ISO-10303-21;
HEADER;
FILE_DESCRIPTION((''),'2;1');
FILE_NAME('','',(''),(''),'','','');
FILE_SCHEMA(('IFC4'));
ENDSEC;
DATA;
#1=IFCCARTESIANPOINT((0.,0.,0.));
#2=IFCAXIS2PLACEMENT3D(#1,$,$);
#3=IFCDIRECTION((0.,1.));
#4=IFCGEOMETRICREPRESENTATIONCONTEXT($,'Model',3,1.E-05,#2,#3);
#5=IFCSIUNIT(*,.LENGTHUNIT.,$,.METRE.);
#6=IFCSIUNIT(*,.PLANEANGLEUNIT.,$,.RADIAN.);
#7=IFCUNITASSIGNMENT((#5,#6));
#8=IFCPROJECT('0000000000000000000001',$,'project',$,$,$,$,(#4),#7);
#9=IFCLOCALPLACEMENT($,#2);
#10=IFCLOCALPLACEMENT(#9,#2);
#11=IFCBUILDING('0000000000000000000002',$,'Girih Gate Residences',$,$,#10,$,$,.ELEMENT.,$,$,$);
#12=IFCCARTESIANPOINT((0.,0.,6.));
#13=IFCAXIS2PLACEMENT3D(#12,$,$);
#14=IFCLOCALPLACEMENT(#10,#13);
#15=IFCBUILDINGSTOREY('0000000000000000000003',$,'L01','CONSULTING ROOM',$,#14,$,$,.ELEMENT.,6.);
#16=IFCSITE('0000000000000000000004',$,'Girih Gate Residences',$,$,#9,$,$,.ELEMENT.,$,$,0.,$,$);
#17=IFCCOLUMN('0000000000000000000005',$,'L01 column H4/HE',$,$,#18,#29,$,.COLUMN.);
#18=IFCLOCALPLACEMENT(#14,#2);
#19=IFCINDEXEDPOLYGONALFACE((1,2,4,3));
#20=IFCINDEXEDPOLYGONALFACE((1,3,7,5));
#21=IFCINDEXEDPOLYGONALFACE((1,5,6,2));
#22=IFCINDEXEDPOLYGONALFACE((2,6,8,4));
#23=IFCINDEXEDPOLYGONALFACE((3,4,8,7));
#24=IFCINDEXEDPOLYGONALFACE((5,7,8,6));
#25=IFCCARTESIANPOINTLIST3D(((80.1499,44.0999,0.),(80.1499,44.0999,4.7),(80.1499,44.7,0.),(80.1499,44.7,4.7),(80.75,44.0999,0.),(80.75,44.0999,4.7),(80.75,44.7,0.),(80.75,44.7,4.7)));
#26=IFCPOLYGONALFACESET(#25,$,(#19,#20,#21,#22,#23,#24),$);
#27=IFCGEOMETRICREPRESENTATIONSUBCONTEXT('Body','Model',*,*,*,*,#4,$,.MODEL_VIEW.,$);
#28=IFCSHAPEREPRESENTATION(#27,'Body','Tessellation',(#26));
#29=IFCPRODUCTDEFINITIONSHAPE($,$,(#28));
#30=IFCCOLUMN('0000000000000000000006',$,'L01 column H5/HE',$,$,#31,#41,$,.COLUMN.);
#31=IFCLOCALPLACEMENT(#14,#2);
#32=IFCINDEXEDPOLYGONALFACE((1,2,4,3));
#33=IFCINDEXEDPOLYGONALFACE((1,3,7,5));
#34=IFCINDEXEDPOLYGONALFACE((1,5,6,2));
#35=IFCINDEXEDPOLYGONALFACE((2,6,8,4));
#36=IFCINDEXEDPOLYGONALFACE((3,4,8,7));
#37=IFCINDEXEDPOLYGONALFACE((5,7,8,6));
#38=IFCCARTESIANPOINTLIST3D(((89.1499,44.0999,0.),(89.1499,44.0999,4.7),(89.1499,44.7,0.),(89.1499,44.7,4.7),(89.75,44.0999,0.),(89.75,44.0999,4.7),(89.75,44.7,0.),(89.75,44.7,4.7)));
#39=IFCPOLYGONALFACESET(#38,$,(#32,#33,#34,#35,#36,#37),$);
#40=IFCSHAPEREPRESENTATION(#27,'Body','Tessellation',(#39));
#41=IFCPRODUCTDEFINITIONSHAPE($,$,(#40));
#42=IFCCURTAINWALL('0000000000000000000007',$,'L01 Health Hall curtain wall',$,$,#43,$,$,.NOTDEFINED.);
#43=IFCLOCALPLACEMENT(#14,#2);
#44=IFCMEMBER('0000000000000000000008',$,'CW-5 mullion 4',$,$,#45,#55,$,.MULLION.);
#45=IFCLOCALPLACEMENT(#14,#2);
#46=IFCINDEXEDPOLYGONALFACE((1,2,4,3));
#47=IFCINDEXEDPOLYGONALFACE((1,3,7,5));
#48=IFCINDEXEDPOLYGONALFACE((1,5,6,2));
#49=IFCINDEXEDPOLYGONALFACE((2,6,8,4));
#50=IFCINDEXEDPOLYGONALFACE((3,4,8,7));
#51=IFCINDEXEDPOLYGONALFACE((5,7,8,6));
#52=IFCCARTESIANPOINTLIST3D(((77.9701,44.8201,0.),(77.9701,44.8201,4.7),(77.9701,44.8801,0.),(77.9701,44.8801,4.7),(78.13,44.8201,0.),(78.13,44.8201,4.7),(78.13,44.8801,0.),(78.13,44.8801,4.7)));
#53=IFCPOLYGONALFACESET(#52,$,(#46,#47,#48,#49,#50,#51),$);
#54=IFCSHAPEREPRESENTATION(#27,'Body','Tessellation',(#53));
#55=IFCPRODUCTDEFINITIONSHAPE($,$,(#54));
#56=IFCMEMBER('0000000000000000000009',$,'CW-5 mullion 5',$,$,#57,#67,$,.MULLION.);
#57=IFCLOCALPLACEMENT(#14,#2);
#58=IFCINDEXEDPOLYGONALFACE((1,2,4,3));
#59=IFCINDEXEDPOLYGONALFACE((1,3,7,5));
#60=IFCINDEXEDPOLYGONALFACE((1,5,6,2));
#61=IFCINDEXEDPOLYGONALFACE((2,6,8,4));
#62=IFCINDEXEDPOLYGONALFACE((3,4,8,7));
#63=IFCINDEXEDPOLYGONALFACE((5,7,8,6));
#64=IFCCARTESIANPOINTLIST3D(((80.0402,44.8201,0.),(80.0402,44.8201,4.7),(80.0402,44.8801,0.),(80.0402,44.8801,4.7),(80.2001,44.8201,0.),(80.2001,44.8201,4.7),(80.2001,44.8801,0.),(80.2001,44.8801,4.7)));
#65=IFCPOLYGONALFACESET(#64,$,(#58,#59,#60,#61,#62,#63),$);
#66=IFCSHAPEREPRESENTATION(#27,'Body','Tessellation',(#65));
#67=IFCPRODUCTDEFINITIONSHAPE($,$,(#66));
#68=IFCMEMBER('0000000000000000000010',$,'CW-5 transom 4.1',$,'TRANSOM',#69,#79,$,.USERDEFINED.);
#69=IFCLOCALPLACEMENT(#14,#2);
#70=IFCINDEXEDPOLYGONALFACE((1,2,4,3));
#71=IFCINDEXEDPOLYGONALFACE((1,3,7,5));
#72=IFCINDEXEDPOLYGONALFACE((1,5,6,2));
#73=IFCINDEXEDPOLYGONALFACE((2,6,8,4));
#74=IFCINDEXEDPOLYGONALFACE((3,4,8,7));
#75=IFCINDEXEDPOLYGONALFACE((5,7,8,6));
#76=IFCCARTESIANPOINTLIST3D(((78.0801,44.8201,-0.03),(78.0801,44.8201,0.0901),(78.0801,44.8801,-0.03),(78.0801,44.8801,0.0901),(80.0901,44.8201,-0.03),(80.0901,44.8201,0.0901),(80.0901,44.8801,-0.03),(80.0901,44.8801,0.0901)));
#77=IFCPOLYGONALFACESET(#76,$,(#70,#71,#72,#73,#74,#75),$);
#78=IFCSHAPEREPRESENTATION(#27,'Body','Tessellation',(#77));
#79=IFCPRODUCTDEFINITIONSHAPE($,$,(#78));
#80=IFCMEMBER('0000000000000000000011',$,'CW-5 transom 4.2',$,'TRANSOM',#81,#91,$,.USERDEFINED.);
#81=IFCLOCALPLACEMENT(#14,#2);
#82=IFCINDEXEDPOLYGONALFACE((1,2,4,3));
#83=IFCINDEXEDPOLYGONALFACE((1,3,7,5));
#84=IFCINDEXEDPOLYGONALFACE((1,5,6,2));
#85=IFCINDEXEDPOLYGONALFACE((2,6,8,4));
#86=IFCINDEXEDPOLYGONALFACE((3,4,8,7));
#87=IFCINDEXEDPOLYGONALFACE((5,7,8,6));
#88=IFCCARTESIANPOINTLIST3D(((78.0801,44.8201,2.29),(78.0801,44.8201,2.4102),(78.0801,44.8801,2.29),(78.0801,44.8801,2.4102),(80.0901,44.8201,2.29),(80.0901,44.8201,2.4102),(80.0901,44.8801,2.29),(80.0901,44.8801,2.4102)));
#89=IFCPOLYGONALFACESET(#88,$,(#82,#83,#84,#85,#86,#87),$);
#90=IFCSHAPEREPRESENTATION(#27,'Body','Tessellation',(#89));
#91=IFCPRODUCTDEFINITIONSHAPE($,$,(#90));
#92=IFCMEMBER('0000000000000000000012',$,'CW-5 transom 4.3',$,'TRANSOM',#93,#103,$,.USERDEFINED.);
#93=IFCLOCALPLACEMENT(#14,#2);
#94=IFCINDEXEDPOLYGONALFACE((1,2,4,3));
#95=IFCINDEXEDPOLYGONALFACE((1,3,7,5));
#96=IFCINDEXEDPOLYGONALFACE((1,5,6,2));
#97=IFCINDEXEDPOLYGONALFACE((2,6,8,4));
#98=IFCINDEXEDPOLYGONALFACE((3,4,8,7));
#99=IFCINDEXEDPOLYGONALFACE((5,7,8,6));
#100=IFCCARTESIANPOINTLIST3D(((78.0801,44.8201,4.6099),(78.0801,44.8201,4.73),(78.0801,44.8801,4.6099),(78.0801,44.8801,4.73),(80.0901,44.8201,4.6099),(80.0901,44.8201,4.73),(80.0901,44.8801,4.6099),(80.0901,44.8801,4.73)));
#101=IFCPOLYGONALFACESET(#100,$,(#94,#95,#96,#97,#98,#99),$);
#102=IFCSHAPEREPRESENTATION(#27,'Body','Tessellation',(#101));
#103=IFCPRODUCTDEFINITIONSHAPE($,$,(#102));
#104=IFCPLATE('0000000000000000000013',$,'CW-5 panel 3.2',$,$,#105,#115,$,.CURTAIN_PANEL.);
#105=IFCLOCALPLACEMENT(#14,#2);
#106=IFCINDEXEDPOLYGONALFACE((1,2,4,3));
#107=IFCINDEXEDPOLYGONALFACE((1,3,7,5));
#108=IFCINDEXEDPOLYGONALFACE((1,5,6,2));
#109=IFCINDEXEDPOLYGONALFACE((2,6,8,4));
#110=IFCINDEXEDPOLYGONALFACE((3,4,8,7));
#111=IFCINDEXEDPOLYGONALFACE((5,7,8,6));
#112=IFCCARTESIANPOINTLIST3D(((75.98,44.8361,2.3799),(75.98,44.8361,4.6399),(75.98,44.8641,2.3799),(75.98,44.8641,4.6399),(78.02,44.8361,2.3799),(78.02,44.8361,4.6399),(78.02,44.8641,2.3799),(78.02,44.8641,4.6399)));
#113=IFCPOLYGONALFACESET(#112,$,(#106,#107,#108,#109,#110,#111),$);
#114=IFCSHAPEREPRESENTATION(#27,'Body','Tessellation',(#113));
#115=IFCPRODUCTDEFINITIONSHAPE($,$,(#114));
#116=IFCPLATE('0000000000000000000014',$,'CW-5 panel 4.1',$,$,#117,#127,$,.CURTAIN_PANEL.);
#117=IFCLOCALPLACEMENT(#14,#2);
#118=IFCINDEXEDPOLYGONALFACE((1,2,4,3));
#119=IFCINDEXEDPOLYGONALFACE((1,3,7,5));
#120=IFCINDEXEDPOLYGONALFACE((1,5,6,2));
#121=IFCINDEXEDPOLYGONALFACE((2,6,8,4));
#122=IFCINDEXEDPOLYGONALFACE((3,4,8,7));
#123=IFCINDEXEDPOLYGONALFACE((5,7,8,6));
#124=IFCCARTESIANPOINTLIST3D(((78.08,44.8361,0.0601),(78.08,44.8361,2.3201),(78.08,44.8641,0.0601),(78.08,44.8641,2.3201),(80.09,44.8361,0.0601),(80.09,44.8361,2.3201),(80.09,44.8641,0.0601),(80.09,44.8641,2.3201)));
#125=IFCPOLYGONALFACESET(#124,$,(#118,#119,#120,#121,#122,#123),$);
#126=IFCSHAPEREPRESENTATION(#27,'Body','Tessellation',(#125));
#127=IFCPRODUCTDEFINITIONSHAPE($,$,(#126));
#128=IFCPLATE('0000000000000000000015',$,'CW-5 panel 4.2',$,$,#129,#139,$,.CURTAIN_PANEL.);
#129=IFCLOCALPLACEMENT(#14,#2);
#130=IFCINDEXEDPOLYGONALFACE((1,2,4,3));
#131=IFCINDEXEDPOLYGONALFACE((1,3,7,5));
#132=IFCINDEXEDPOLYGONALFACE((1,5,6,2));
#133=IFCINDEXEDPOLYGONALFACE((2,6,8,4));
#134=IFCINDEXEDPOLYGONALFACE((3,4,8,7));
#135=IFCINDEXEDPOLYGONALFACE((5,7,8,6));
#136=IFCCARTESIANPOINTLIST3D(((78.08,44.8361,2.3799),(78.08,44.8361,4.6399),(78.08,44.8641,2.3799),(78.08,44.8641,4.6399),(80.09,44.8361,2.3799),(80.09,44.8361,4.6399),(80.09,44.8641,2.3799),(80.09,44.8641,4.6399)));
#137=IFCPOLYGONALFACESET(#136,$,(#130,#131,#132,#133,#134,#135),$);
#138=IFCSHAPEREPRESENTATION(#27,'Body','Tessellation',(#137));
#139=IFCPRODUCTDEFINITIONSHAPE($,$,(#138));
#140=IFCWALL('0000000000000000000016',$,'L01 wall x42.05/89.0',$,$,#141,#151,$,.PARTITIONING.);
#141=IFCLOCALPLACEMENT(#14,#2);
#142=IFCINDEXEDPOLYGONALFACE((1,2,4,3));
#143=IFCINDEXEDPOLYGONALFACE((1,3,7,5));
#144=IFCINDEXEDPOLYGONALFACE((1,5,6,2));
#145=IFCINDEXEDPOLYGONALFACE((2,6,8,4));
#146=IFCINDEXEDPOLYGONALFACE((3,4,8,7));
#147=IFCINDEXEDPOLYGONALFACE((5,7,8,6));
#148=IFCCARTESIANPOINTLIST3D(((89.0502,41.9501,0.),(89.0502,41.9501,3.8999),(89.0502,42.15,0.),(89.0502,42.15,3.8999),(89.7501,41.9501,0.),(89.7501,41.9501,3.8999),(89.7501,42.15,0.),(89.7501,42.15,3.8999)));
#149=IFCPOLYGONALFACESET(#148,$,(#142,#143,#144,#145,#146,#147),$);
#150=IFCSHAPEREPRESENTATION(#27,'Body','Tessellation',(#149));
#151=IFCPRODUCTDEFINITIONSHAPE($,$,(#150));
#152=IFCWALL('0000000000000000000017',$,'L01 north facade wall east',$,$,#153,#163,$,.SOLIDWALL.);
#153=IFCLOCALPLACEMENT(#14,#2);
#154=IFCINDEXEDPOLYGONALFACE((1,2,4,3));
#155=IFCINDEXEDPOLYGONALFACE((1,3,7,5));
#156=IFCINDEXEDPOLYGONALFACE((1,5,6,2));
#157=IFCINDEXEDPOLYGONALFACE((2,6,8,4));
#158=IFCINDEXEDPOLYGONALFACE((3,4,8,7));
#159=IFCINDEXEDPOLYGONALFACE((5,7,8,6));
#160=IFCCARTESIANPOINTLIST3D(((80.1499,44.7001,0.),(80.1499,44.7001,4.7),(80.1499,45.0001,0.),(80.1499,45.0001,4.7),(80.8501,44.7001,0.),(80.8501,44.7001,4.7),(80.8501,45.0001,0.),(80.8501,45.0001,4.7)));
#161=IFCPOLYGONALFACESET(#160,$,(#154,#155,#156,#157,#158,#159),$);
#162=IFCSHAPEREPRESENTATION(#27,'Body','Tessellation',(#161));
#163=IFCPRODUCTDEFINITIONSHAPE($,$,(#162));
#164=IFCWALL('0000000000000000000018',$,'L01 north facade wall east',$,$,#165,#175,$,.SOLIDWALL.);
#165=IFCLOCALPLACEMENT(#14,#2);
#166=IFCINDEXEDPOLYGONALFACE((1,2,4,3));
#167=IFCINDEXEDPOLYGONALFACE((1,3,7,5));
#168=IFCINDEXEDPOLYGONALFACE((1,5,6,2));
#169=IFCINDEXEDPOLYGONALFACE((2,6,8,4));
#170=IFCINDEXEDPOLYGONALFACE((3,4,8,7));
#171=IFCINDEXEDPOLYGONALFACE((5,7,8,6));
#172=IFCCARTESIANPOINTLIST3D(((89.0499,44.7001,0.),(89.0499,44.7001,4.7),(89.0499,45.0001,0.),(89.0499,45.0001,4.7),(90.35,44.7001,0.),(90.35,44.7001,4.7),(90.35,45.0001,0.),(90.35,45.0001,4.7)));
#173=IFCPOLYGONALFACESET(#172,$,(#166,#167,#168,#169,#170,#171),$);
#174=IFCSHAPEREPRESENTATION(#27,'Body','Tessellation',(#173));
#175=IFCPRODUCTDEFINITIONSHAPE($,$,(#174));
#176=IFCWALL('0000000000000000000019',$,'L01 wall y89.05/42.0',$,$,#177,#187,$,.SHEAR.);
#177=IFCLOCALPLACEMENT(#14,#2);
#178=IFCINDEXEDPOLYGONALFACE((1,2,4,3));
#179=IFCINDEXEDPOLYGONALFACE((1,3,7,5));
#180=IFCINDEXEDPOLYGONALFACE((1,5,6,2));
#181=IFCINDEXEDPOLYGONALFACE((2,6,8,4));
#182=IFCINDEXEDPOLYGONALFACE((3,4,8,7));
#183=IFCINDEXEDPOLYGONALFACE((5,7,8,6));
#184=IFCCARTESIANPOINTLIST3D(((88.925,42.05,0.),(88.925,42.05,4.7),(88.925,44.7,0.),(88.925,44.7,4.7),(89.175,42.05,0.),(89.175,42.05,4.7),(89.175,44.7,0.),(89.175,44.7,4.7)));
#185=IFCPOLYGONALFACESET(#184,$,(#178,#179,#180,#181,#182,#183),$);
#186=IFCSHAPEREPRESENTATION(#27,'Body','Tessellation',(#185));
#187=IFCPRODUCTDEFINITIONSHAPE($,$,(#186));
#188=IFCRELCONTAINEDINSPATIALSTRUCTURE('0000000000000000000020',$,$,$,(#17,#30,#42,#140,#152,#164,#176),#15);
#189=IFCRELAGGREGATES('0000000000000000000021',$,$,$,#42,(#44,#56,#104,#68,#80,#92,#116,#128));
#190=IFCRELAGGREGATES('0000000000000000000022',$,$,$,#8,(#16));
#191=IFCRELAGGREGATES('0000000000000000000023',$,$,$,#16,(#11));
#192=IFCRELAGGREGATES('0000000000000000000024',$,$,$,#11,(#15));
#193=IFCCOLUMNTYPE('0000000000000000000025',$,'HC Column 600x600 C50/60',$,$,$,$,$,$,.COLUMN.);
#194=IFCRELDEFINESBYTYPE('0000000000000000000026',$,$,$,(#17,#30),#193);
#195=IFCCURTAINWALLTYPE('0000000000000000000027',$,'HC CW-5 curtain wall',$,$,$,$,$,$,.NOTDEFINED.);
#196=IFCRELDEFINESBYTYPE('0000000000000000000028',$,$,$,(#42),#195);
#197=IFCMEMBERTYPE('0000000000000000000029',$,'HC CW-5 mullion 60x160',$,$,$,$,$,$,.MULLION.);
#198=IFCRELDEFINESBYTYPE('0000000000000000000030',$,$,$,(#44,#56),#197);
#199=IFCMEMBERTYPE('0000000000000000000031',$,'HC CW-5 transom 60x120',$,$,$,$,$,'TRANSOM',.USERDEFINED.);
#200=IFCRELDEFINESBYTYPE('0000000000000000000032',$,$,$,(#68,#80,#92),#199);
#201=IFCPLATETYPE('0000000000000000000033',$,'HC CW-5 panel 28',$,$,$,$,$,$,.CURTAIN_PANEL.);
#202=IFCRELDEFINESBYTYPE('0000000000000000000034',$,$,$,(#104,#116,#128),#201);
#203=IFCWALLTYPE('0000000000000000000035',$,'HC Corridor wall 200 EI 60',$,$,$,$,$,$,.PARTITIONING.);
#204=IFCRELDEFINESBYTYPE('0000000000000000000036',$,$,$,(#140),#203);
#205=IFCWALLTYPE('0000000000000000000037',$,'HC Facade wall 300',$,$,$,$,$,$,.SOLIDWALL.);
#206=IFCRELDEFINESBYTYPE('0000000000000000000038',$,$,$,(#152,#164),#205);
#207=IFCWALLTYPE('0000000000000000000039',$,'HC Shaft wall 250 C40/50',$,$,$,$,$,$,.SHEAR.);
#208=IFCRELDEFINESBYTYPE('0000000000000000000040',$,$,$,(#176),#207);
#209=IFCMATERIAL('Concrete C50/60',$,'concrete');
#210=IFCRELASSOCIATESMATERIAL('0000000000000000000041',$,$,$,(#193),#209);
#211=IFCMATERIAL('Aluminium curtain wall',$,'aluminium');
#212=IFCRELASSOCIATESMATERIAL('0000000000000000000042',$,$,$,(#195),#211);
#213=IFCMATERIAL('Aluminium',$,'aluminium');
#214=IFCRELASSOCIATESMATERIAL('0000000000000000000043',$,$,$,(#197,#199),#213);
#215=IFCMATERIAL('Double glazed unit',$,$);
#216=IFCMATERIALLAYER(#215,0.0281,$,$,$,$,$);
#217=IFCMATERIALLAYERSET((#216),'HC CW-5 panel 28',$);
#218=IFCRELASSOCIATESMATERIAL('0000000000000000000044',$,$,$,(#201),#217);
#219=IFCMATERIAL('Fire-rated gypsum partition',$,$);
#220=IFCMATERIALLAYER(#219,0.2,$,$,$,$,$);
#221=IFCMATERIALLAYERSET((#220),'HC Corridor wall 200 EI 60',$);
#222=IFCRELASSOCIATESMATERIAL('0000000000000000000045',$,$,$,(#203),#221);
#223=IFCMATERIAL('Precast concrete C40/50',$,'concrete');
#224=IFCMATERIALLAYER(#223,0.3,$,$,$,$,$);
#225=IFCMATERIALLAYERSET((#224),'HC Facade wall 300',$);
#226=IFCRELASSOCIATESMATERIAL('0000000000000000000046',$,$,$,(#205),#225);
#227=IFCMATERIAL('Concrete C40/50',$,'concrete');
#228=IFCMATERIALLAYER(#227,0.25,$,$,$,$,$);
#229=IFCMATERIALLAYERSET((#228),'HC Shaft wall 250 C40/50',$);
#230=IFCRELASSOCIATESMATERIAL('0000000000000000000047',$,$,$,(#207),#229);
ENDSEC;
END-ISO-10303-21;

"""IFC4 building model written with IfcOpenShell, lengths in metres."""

from ifc_helpers import new_model, si_unit, direction, frame, frame_2d, origin, origin_2d, place, context, subcontext, project, spatial, rectangle, extrude, material, layer, layer_set, material_profile, profile_set, type_object, element, aggregate, save


model = new_model("IFC4")

# Units and contexts
model_context = context("Model", 3, precision=1e-05, world=origin(), true_north=direction((0.0, 1.0)))
body_context = subcontext(model_context, "Body", "Model", "MODEL_VIEW")
ifc_project = project(units=[si_unit("LENGTHUNIT", "METRE"), si_unit("PLANEANGLEUNIT", "RADIAN")], contexts=[model_context])

# Site, building, storey
site_placement = place(None, origin())
site = spatial("IfcSite", under=ifc_project, at=site_placement, Name="Girih Gate Residences", CompositionType="ELEMENT", RefElevation=0.0)
building_placement = place(site_placement, origin())
building = spatial("IfcBuilding", under=site, at=building_placement, Name="Girih Gate Residences", CompositionType="ELEMENT")
storey_placement = place(building_placement, frame((0.0, 0.0, 6.0)))
storey = spatial("IfcBuildingStorey", under=building, at=storey_placement, Name="L01", Description="CONSULTING ROOM", CompositionType="ELEMENT", Elevation=6.0)

# Columns
ifc_material_1 = material(Name="Concrete C50/60", Category="concrete")
ifc_material_profile_1 = material_profile(ifc_material_1, rectangle(XDim=0.6001, YDim=0.6001, at=origin_2d()))
ifc_profile_set_1 = profile_set([ifc_material_profile_1], Name="Concrete C50/60")
column_type = type_object("IfcColumnType", Name="HC Column 600x600 C50/60", PredefinedType="COLUMN", material=ifc_profile_set_1)
for number, where, z_axis, x_axis, name in (
    (1, (80.45, 44.3999, 0.0), (0.0, 0.0, 1.0), (1.0, 0.0, 0.0), "L01 column H4/HE"),
    (2, (89.45, 44.3999, 0.0), (0.0, 0.0, 1.0), (1.0, 0.0, 0.0), "L01 column H5/HE"),
):
    element("IfcColumn", number, at=place(storey_placement, frame(where, z_axis=z_axis, x_axis=x_axis)), inside=storey, type_object=column_type, Name=name, PredefinedType="COLUMN", context=body_context, shape_type="SweptSolid", body=[
        extrude(rectangle(XDim=0.6001, YDim=0.6001, at=origin_2d()), origin(), (0.0, 0.0, 1.0), 4.7),
    ])

# Curtain wall, members, plates
ifc_material_2 = material(Name="Aluminium curtain wall", Category="aluminium")
curtain_wall_type = type_object("IfcCurtainWallType", Name="HC CW-5 curtain wall", PredefinedType="NOTDEFINED", material=ifc_material_2)
curtain_wall_placement = place(storey_placement, origin())
curtain_wall = element("IfcCurtainWall", 3, at=curtain_wall_placement, inside=storey, type_object=curtain_wall_type, Name="L01 Health Hall curtain wall", PredefinedType="NOTDEFINED")
ifc_material_3 = material(Name="Aluminium", Category="aluminium")
ifc_material_profile_2 = material_profile(ifc_material_3, rectangle(XDim=0.0601, YDim=0.1599, at=origin_2d()))
ifc_profile_set_2 = profile_set([ifc_material_profile_2], Name="Aluminium")
member_type_1 = type_object("IfcMemberType", Name="HC CW-5 mullion 60x160", PredefinedType="MULLION", material=ifc_profile_set_2)
member_1_placement = place(storey_placement, frame((78.05, 44.8501, 0.0), z_axis=(0.0, 0.0, 1.0), x_axis=(0.0, 1.0, 0.0)))
member_1 = element("IfcMember", 4, at=member_1_placement, type_object=member_type_1, Name="CW-5 mullion 4", PredefinedType="MULLION", context=body_context, shape_type="SweptSolid", body=[
    extrude(rectangle(XDim=0.0601, YDim=0.1599, at=origin_2d()), origin(), (0.0, 0.0, 1.0), 4.7),
])
member_2_placement = place(storey_placement, frame((80.1201, 44.8501, 0.0), z_axis=(0.0, 0.0, 1.0), x_axis=(0.0, 1.0, 0.0)))
member_2 = element("IfcMember", 5, at=member_2_placement, type_object=member_type_1, Name="CW-5 mullion 5", PredefinedType="MULLION", context=body_context, shape_type="SweptSolid", body=[
    extrude(rectangle(XDim=0.0601, YDim=0.1599, at=origin_2d()), origin(), (0.0, 0.0, 1.0), 4.7),
])
ifc_material_profile_3 = material_profile(ifc_material_3, rectangle(XDim=0.0601, YDim=0.1201, at=origin_2d()))
ifc_profile_set_3 = profile_set([ifc_material_profile_3], Name="Aluminium")
member_type_2 = type_object("IfcMemberType", Name="HC CW-5 transom 60x120", ElementType="TRANSOM", PredefinedType="USERDEFINED", material=ifc_profile_set_3)
member_3_placement = place(storey_placement, frame((78.0801, 44.8501, 0.03), z_axis=(1.0, 0.0, 0.0), x_axis=(0.0, 1.0, 0.0)))
member_3 = element("IfcMember", 6, at=member_3_placement, type_object=member_type_2, Name="CW-5 transom 4.1", ObjectType="TRANSOM", PredefinedType="USERDEFINED", context=body_context, shape_type="SweptSolid", body=[
    extrude(rectangle(XDim=0.0601, YDim=0.1201, at=origin_2d()), origin(), (0.0, 0.0, 1.0), 2.01),
])
member_4_placement = place(storey_placement, frame((78.0801, 44.8501, 2.3501), z_axis=(1.0, 0.0, 0.0), x_axis=(0.0, 1.0, 0.0)))
member_4 = element("IfcMember", 7, at=member_4_placement, type_object=member_type_2, Name="CW-5 transom 4.2", ObjectType="TRANSOM", PredefinedType="USERDEFINED", context=body_context, shape_type="SweptSolid", body=[
    extrude(rectangle(XDim=0.0601, YDim=0.1201, at=origin_2d()), origin(), (0.0, 0.0, 1.0), 2.01),
])
member_5_placement = place(storey_placement, frame((78.0801, 44.8501, 4.6699), z_axis=(1.0, 0.0, 0.0), x_axis=(0.0, 1.0, 0.0)))
member_5 = element("IfcMember", 8, at=member_5_placement, type_object=member_type_2, Name="CW-5 transom 4.3", ObjectType="TRANSOM", PredefinedType="USERDEFINED", context=body_context, shape_type="SweptSolid", body=[
    extrude(rectangle(XDim=0.0601, YDim=0.1201, at=origin_2d()), origin(), (0.0, 0.0, 1.0), 2.01),
])
ifc_material_4 = material(Name="Double glazed unit")
ifc_layer_1 = layer(ifc_material_4, 0.0281)
ifc_layer_set_1 = layer_set([ifc_layer_1], Name="HC CW-5 panel 28")
plate_type = type_object("IfcPlateType", Name="HC CW-5 panel 28", PredefinedType="CURTAIN_PANEL", material=ifc_layer_set_1)
plate_1_placement = place(storey_placement, frame((77.0, 44.8501, 2.3799), z_axis=(0.0, 0.0, 1.0), x_axis=(1.0, 0.0, 0.0)))
plate_1 = element("IfcPlate", 9, at=plate_1_placement, type_object=plate_type, Name="CW-5 panel 3.2", PredefinedType="CURTAIN_PANEL", context=body_context, shape_type="SweptSolid", body=[
    extrude(rectangle(XDim=2.04, YDim=0.0281, at=origin_2d()), origin(), (0.0, 0.0, 1.0), 2.26),
])
plate_2_placement = place(storey_placement, frame((79.085, 44.8501, 0.0601), z_axis=(0.0, 0.0, 1.0), x_axis=(1.0, 0.0, 0.0)))
plate_2 = element("IfcPlate", 10, at=plate_2_placement, type_object=plate_type, Name="CW-5 panel 4.1", PredefinedType="CURTAIN_PANEL", context=body_context, shape_type="SweptSolid", body=[
    extrude(rectangle(XDim=2.01, YDim=0.0281, at=origin_2d()), origin(), (0.0, 0.0, 1.0), 2.26),
])
plate_3_placement = place(storey_placement, frame((79.085, 44.8501, 2.3799), z_axis=(0.0, 0.0, 1.0), x_axis=(1.0, 0.0, 0.0)))
plate_3 = element("IfcPlate", 11, at=plate_3_placement, type_object=plate_type, Name="CW-5 panel 4.2", PredefinedType="CURTAIN_PANEL", context=body_context, shape_type="SweptSolid", body=[
    extrude(rectangle(XDim=2.01, YDim=0.0281, at=origin_2d()), origin(), (0.0, 0.0, 1.0), 2.26),
])
aggregate(curtain_wall, [member_1, member_2, plate_1, member_3, member_4, member_5, plate_2, plate_3])

# Walls
ifc_material_5 = material(Name="Fire-rated gypsum partition")
ifc_layer_2 = layer(ifc_material_5, 0.2)
ifc_layer_set_2 = layer_set([ifc_layer_2], Name="HC Corridor wall 200 EI 60")
wall_type_1 = type_object("IfcWallType", Name="HC Corridor wall 200 EI 60", PredefinedType="PARTITIONING", material=ifc_layer_set_2)
wall_1_placement = place(storey_placement, frame((89.05, 42.05, 0.0), z_axis=(0.0, 0.0, 1.0), x_axis=(1.0, 0.0, 0.0)))
element("IfcWall", 12, at=wall_1_placement, inside=storey, type_object=wall_type_1, Name="L01 wall x42.05/89.0", PredefinedType="PARTITIONING", context=body_context, shape_type="SweptSolid", body=[
    extrude(rectangle(XDim=0.7, YDim=0.2, at=frame_2d((0.3501, 0.0))), origin(), (0.0, 0.0, 1.0), 3.8999),
])
ifc_material_6 = material(Name="Precast concrete C40/50", Category="concrete")
ifc_layer_3 = layer(ifc_material_6, 0.3)
ifc_layer_set_3 = layer_set([ifc_layer_3], Name="HC Facade wall 300")
wall_type_2 = type_object("IfcWallType", Name="HC Facade wall 300", PredefinedType="SOLIDWALL", material=ifc_layer_set_3)
wall_2_placement = place(storey_placement, frame((80.1499, 44.8501, 0.0), z_axis=(0.0, 0.0, 1.0), x_axis=(1.0, 0.0, 0.0)))
element("IfcWall", 13, at=wall_2_placement, inside=storey, type_object=wall_type_2, Name="L01 north facade wall east", PredefinedType="SOLIDWALL", context=body_context, shape_type="SweptSolid", body=[
    extrude(rectangle(XDim=0.7002, YDim=0.3, at=frame_2d((0.3501, 0.0))), origin(), (0.0, 0.0, 1.0), 4.7),
])
wall_3_placement = place(storey_placement, frame((89.05, 44.8501, 0.0), z_axis=(0.0, 0.0, 1.0), x_axis=(1.0, 0.0, 0.0)))
element("IfcWall", 14, at=wall_3_placement, inside=storey, type_object=wall_type_2, Name="L01 north facade wall east", PredefinedType="SOLIDWALL", context=body_context, shape_type="SweptSolid", body=[
    extrude(rectangle(XDim=1.3, YDim=0.3, at=frame_2d((0.6499, 0.0))), origin(), (0.0, 0.0, 1.0), 4.7),
])
ifc_material_7 = material(Name="Concrete C40/50", Category="concrete")
ifc_layer_4 = layer(ifc_material_7, 0.25)
ifc_layer_set_4 = layer_set([ifc_layer_4], Name="HC Shaft wall 250 C40/50")
wall_type_3 = type_object("IfcWallType", Name="HC Shaft wall 250 C40/50", PredefinedType="SHEAR", material=ifc_layer_set_4)
wall_4_placement = place(storey_placement, frame((89.05, 42.05, 0.0), z_axis=(0.0, 0.0, 1.0), x_axis=(0.0, 1.0, 0.0)))
element("IfcWall", 15, at=wall_4_placement, inside=storey, type_object=wall_type_3, Name="L01 wall y89.05/42.0", PredefinedType="SHEAR", context=body_context, shape_type="SweptSolid", body=[
    extrude(rectangle(XDim=2.6499, YDim=0.25, at=frame_2d((1.325, 0.0))), origin(), (0.0, 0.0, 1.0), 4.7),
])

save(model, "model.ifc")
